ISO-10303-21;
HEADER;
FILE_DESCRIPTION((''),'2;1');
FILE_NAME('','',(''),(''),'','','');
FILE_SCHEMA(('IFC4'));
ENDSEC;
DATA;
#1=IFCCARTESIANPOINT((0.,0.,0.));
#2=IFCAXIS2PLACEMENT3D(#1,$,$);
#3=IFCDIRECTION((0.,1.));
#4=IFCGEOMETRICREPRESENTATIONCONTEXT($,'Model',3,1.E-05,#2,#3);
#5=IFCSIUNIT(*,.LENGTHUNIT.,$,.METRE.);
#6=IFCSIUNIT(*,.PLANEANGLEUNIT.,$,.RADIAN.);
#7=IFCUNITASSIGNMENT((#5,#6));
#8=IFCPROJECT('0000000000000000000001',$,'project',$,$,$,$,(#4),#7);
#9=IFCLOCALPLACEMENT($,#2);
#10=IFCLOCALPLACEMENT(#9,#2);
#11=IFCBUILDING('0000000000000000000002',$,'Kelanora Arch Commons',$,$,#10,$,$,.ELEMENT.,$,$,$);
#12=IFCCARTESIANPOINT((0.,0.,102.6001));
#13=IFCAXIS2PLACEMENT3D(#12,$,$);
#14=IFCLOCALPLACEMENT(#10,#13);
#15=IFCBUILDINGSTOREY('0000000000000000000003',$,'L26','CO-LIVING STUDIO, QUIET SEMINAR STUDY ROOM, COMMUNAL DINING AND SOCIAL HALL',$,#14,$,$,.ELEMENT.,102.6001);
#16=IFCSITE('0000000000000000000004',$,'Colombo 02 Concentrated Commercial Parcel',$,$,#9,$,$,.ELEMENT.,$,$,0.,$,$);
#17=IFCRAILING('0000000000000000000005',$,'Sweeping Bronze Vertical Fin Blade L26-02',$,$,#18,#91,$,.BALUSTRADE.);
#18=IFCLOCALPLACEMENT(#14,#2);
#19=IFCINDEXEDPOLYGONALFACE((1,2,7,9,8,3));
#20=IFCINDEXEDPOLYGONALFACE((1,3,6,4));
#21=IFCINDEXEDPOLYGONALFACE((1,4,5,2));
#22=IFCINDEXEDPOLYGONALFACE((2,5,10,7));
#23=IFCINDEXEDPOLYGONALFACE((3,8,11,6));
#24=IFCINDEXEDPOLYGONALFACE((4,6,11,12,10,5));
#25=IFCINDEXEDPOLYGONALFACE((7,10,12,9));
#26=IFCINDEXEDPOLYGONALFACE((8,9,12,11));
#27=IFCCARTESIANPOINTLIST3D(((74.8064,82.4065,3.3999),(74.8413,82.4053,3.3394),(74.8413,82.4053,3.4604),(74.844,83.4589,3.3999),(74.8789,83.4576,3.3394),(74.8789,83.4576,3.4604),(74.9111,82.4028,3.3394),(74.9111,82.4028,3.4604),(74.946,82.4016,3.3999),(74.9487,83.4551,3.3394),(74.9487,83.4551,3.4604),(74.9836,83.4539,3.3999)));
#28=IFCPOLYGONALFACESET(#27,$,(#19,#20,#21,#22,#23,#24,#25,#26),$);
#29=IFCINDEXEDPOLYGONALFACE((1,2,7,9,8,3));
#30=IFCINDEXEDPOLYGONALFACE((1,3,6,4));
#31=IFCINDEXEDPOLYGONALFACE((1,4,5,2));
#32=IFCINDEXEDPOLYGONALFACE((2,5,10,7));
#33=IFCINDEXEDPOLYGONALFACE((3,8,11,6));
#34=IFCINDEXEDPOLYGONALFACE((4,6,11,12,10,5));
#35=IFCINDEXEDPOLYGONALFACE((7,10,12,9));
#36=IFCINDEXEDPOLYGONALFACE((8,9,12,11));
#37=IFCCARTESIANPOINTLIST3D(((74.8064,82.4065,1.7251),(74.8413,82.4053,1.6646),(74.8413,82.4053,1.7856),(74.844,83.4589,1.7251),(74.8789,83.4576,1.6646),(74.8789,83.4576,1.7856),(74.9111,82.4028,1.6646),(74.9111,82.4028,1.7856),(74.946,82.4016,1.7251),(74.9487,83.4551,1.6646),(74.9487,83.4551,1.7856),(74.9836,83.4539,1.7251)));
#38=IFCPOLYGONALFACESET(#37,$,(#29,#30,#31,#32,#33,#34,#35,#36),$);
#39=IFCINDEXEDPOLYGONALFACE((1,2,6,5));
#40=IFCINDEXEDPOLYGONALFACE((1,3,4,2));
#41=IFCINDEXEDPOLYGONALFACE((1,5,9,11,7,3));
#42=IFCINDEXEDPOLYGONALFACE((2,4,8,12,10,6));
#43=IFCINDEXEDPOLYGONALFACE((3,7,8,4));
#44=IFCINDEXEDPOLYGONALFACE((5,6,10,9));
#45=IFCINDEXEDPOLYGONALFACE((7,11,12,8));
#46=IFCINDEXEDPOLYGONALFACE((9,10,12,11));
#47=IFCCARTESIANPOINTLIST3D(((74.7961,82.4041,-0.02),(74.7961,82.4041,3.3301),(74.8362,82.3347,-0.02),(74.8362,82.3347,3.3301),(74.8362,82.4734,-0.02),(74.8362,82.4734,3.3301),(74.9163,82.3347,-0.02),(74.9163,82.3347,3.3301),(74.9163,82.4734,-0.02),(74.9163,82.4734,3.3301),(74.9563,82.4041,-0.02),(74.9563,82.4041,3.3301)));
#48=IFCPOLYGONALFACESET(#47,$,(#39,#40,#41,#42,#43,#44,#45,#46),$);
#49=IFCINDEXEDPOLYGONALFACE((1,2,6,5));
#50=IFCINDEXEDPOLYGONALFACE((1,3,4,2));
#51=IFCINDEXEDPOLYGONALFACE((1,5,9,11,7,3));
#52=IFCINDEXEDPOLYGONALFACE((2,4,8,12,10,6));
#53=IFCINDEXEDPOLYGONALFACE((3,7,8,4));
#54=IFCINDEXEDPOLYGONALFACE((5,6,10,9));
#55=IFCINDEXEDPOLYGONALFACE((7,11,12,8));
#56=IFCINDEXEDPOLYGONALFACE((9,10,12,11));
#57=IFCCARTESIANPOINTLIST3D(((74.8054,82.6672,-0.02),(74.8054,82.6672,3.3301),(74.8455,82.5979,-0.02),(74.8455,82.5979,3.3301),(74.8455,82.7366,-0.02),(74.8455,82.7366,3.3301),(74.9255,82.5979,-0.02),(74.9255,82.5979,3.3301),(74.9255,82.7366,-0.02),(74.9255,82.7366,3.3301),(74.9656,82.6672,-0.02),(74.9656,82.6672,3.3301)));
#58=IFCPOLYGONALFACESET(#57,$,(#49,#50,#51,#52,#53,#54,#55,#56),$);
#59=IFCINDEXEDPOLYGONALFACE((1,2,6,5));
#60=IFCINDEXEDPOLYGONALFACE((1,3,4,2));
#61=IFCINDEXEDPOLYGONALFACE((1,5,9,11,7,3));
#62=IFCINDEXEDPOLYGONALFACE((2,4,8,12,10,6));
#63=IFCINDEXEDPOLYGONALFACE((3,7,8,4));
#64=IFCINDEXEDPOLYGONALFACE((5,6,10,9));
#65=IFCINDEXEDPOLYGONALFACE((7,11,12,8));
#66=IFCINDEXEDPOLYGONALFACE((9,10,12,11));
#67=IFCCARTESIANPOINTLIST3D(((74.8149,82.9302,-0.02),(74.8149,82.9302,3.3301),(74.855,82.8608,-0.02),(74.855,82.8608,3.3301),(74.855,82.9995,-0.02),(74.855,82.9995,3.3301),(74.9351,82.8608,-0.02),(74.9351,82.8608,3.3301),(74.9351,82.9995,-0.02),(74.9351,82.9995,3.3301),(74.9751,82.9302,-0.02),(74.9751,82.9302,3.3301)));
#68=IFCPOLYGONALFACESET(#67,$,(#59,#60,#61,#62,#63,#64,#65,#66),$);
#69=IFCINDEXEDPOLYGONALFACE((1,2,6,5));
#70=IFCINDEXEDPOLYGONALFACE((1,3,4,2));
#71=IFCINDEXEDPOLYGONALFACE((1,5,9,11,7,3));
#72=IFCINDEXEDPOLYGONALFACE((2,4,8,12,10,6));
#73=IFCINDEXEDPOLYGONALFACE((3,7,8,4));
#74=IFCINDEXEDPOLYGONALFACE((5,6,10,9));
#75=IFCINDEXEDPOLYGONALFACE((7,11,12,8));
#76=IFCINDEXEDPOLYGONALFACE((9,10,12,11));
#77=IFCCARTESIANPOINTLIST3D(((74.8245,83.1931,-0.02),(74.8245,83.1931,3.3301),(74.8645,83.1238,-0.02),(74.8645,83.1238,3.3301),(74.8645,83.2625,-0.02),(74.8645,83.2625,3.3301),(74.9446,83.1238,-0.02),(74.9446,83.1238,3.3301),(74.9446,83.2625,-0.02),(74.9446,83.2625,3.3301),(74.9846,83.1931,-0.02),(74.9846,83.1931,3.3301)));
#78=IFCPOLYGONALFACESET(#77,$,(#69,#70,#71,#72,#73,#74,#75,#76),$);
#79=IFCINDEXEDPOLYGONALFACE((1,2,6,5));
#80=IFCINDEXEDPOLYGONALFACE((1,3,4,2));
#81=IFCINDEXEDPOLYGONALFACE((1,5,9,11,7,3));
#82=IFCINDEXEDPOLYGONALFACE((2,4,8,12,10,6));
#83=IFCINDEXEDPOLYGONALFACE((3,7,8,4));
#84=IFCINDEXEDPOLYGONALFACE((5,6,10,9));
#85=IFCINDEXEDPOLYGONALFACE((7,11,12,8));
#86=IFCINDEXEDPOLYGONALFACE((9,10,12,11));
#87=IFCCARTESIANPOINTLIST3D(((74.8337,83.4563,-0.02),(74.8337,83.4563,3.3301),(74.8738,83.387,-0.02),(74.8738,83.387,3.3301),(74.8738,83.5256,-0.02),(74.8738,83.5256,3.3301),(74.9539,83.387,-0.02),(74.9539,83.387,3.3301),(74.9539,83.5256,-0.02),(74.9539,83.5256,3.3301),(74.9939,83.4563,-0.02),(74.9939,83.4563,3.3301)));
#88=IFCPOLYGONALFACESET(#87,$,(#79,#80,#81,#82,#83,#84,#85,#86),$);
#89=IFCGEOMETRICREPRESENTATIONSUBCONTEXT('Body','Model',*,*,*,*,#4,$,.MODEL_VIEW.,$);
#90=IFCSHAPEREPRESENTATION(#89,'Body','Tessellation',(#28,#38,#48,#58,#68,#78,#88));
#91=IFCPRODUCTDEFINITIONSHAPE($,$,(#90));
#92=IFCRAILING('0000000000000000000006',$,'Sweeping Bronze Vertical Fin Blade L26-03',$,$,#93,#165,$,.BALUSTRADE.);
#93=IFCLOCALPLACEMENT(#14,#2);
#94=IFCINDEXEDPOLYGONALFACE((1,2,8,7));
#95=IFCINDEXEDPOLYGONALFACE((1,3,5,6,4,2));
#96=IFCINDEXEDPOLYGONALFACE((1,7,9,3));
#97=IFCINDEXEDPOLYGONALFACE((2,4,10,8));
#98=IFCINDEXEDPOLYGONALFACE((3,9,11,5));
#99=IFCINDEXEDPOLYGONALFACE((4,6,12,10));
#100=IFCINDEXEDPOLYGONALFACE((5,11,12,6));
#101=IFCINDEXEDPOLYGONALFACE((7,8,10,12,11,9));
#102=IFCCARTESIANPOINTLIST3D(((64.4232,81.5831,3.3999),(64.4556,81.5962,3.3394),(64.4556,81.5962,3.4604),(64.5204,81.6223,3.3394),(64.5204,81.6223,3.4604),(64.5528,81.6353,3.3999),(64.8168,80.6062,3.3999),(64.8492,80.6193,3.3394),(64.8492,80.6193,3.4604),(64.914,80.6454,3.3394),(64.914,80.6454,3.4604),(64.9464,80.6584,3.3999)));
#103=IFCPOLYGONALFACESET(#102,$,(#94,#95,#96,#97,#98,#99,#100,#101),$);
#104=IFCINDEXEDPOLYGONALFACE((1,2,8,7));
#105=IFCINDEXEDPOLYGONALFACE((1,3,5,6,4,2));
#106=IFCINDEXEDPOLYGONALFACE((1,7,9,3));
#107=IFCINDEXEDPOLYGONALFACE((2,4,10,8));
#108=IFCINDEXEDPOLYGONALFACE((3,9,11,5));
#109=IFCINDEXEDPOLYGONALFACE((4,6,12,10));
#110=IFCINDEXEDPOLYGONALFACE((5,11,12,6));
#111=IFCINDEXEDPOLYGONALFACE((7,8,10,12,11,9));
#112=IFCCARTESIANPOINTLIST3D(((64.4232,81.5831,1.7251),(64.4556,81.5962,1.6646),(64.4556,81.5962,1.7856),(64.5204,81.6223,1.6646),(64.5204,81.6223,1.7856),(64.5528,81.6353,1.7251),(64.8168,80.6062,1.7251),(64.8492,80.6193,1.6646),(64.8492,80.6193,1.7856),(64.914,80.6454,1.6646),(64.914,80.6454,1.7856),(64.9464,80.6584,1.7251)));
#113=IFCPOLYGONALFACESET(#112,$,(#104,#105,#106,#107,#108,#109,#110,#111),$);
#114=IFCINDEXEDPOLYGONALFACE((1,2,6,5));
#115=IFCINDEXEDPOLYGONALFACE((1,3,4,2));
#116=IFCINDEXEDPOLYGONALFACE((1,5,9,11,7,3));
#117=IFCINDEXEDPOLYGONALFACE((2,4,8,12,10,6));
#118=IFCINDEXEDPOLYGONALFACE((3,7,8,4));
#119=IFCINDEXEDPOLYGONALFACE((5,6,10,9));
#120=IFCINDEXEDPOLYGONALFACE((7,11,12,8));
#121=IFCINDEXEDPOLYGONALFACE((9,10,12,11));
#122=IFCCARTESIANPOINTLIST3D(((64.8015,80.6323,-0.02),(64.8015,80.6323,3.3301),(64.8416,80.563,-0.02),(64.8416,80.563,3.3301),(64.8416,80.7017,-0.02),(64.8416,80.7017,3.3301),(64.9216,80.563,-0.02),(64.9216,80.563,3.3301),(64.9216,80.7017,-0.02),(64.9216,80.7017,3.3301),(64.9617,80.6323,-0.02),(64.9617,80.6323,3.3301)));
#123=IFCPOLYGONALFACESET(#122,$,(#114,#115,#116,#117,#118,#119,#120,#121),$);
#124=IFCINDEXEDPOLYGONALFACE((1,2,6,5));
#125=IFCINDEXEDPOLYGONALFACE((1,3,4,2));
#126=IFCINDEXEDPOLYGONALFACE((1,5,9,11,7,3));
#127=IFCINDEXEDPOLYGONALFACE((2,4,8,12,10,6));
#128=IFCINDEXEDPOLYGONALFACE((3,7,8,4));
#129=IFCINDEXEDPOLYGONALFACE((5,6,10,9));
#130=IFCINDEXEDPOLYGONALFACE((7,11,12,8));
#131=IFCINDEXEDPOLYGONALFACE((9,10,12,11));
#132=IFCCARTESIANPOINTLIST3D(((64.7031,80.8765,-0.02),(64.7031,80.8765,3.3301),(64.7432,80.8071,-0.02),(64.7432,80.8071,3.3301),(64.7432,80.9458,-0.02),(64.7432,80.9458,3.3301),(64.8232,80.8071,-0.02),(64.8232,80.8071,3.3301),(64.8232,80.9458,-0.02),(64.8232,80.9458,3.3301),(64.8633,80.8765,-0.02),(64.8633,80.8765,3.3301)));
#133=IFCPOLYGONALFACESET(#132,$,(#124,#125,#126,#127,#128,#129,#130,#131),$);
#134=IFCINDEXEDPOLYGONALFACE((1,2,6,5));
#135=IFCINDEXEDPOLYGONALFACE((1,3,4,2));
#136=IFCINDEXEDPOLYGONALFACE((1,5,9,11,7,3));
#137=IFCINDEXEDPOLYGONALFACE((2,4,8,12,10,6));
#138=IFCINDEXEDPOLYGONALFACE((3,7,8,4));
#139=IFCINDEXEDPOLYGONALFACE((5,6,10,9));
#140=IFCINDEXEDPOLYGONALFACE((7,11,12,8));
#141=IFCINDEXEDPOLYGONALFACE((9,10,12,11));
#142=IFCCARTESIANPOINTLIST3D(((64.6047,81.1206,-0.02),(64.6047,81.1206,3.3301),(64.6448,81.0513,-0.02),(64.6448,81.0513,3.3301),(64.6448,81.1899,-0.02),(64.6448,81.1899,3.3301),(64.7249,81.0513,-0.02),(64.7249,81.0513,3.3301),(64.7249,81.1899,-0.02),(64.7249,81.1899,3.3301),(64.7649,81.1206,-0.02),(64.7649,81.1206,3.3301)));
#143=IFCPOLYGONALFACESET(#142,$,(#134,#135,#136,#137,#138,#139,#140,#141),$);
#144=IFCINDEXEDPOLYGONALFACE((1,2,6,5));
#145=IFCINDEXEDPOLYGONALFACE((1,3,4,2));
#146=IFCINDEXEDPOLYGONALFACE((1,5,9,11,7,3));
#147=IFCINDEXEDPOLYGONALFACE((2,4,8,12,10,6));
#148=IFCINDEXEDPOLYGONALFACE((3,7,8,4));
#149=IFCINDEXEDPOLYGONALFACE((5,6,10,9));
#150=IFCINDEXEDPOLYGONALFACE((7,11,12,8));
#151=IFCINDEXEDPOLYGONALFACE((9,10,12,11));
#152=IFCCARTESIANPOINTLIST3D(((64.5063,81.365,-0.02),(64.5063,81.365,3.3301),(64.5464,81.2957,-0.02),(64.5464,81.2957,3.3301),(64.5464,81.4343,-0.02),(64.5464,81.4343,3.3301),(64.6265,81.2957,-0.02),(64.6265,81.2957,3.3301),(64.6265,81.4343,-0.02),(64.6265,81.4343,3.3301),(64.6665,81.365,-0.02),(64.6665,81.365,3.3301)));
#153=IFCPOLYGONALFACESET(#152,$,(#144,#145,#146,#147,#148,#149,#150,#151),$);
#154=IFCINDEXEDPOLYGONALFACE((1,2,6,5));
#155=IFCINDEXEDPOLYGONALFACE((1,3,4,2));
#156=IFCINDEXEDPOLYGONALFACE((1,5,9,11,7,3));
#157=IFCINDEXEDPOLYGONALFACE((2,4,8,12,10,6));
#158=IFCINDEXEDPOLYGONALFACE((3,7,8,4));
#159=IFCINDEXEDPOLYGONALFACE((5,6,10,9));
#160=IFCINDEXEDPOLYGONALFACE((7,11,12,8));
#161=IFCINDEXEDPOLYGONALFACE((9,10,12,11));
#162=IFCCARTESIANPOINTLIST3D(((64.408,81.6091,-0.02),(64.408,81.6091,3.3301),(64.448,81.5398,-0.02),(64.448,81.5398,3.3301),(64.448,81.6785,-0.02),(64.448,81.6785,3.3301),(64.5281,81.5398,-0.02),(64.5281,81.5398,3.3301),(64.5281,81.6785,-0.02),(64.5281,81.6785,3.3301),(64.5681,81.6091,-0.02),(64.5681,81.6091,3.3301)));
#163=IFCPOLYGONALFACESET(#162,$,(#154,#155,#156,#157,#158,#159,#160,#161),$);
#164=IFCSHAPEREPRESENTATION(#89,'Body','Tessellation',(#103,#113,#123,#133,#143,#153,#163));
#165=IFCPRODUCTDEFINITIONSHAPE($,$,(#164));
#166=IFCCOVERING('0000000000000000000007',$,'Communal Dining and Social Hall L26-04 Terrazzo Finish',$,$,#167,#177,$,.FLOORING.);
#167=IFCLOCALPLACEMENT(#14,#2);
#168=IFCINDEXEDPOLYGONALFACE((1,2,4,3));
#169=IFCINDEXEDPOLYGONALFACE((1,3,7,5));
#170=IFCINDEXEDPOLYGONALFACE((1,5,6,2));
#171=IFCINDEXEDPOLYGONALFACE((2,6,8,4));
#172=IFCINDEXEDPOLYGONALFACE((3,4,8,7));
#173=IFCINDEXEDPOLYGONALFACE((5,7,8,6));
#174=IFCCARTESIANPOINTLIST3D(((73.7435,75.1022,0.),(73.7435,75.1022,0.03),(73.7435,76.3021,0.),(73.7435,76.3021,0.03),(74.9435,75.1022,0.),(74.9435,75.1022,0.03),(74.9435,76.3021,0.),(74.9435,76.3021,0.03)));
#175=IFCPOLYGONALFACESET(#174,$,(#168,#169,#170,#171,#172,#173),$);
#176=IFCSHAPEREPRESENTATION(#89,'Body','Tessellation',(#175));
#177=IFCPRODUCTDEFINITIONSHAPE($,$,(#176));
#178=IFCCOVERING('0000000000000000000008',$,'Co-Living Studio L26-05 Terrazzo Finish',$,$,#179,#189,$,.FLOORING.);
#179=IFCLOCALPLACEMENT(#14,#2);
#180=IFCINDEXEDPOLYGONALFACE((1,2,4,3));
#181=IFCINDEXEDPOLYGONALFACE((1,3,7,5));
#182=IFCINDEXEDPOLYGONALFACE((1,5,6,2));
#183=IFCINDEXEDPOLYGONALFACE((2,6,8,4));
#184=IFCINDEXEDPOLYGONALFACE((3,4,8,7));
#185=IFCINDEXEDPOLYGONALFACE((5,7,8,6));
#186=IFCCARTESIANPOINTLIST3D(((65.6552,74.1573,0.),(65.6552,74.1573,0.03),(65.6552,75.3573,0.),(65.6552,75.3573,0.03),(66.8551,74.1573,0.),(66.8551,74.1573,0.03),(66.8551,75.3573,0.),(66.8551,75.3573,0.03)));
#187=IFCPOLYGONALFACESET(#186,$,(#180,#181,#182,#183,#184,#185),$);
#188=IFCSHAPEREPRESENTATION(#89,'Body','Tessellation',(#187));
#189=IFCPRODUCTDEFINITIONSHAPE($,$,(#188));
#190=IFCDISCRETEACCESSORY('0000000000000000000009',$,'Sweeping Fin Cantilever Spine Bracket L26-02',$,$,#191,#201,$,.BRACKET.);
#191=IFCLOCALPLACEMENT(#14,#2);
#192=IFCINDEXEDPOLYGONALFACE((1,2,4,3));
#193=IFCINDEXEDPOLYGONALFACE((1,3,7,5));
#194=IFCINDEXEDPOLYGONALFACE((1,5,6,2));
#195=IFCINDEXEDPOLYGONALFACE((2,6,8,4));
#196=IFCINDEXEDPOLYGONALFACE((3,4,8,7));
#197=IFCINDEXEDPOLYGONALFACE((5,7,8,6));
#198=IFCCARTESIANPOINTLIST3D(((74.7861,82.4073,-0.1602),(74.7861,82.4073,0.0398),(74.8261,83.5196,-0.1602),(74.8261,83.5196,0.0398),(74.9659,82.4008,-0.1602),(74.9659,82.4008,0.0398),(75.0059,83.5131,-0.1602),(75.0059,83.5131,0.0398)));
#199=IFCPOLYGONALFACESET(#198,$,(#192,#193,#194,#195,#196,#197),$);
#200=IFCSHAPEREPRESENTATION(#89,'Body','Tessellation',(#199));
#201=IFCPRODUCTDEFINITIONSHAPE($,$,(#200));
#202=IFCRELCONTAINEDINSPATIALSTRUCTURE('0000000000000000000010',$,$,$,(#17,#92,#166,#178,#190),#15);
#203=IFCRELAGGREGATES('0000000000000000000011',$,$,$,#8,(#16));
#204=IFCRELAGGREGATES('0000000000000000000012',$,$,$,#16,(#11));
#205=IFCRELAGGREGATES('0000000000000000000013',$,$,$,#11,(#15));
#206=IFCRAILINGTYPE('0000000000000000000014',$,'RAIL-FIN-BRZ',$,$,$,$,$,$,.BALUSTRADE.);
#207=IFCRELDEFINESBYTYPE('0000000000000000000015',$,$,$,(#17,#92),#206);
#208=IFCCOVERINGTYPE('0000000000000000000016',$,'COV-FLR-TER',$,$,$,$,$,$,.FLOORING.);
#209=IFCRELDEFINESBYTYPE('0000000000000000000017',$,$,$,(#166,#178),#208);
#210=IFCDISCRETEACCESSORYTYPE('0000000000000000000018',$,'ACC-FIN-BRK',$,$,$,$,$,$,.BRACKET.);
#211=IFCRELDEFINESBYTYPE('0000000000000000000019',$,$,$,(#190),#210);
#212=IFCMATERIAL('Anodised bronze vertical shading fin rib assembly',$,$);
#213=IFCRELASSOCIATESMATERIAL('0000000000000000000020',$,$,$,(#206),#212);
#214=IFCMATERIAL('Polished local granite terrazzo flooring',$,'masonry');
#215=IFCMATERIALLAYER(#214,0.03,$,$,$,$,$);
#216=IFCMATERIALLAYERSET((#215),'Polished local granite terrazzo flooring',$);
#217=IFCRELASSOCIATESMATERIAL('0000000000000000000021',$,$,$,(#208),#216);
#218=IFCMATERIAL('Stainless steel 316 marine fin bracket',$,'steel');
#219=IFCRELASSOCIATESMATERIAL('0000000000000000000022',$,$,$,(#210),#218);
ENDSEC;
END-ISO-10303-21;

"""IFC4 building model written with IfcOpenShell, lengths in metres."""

from ifc_helpers import new_model, si_unit, direction, frame, origin, origin_2d, place, context, subcontext, project, spatial, polyline, rectangle, outline, extrude, source, transform, mapped, material, layer, layer_set, type_object, element, save


model = new_model("IFC4")

# Units and contexts
model_context = context("Model", 3, precision=1e-05, world=origin(), true_north=direction((0.0, 1.0)))
body_context = subcontext(model_context, "Body", "Model", "MODEL_VIEW")
ifc_project = project(units=[si_unit("LENGTHUNIT", "METRE"), si_unit("PLANEANGLEUNIT", "RADIAN")], contexts=[model_context])

# Site, building, storey
site_placement = place(None, origin())
site = spatial("IfcSite", under=ifc_project, at=site_placement, Name="Colombo 02 Concentrated Commercial Parcel", CompositionType="ELEMENT", RefElevation=0.0)
building_placement = place(site_placement, origin())
building = spatial("IfcBuilding", under=site, at=building_placement, Name="Kelanora Arch Commons", CompositionType="ELEMENT")
storey_placement = place(building_placement, frame((0.0, 0.0, 102.6001)))
storey = spatial("IfcBuildingStorey", under=building, at=storey_placement, Name="L26", Description="CO-LIVING STUDIO, QUIET SEMINAR STUDY ROOM, COMMUNAL DINING AND SOCIAL HALL", CompositionType="ELEMENT", Elevation=102.6001)

# Railings
ifc_material_1 = material(Name="Anodised bronze vertical shading fin rib assembly")
railing_type = type_object("IfcRailingType", Name="RAIL-FIN-BRZ", PredefinedType="BALUSTRADE", material=ifc_material_1)
railing_1_placement = place(storey_placement, frame((74.8762, 82.4041, -0.02)))
element("IfcRailing", 1, at=railing_1_placement, inside=storey, type_object=railing_type, Name="Sweeping Bronze Vertical Fin Blade L26-02", PredefinedType="BALUSTRADE", context=body_context, shape_type="SweptSolid", body=[
    extrude(outline(polyline([(0.0698, 0.0), (0.0349, 0.0605), (-0.0349, 0.0605), (-0.0698, 0.0), (-0.0349, -0.0605), (0.0349, -0.0605), (0.0698, 0.0)])), frame((0.0, 0.0, 3.4199), z_axis=(0.035708, 0.999362, 0.0), x_axis=(-0.999362, 0.035708, 0.0)), (0.0, 0.0, 1.0), 1.053),
    extrude(outline(polyline([(0.0698, 0.0), (0.0349, 0.0605), (-0.0349, 0.0605), (-0.0698, 0.0), (-0.0349, -0.0605), (0.0349, -0.0605), (0.0698, 0.0)])), frame((0.0, 0.0, 1.7451), z_axis=(0.035708, 0.999362, 0.0), x_axis=(-0.999362, 0.035708, 0.0)), (0.0, 0.0, 1.0), 1.053),
    extrude(outline(polyline([(0.0801, 0.0), (0.04, 0.0693), (-0.04, 0.0693), (-0.0801, 0.0), (-0.04, -0.0693), (0.04, -0.0693), (0.0801, 0.0)])), origin(), (0.0, 0.0, 1.0), 3.3501),
    extrude(outline(polyline([(0.0801, 0.0), (0.04, 0.0693), (-0.04, 0.0693), (-0.0801, 0.0), (-0.04, -0.0693), (0.04, -0.0693), (0.0801, 0.0)])), frame((0.0093, 0.2632, 0.0)), (0.0, 0.0, 1.0), 3.3501),
    extrude(outline(polyline([(0.0801, 0.0), (0.04, 0.0693), (-0.04, 0.0693), (-0.0801, 0.0), (-0.04, -0.0693), (0.04, -0.0693), (0.0801, 0.0)])), frame((0.0188, 0.5261, 0.0)), (0.0, 0.0, 1.0), 3.3501),
    extrude(outline(polyline([(0.0801, 0.0), (0.04, 0.0693), (-0.04, 0.0693), (-0.0801, 0.0), (-0.04, -0.0693), (0.04, -0.0693), (0.0801, 0.0)])), frame((0.0283, 0.7891, 0.0)), (0.0, 0.0, 1.0), 3.3501),
    extrude(outline(polyline([(0.0801, 0.0), (0.04, 0.0693), (-0.04, 0.0693), (-0.0801, 0.0), (-0.04, -0.0693), (0.04, -0.0693), (0.0801, 0.0)])), frame((0.0376, 1.0522, 0.0)), (0.0, 0.0, 1.0), 3.3501),
])
railing_2_placement = place(storey_placement, frame((64.8816, 80.6323, -0.02)))
element("IfcRailing", 2, at=railing_2_placement, inside=storey, type_object=railing_type, Name="Sweeping Bronze Vertical Fin Blade L26-03", PredefinedType="BALUSTRADE", context=body_context, shape_type="SweptSolid", body=[
    extrude(outline(polyline([(0.0698, 0.0), (0.0349, 0.0605), (-0.0349, 0.0605), (-0.0698, 0.0), (-0.0349, -0.0605), (0.0349, -0.0605), (0.0698, 0.0)])), frame((0.0, 0.0, 3.4199), z_axis=(-0.373708, 0.927546, 0.0), x_axis=(-0.927546, -0.373708, 0.0)), (0.0, 0.0, 1.0), 1.0532),
    extrude(outline(polyline([(0.0698, 0.0), (0.0349, 0.0605), (-0.0349, 0.0605), (-0.0698, 0.0), (-0.0349, -0.0605), (0.0349, -0.0605), (0.0698, 0.0)])), frame((0.0, 0.0, 1.7451), z_axis=(-0.373708, 0.927546, 0.0), x_axis=(-0.927546, -0.373708, 0.0)), (0.0, 0.0, 1.0), 1.0532),
    extrude(outline(polyline([(0.0801, 0.0), (0.04, 0.0693), (-0.04, 0.0693), (-0.0801, 0.0), (-0.04, -0.0693), (0.04, -0.0693), (0.0801, 0.0)])), origin(), (0.0, 0.0, 1.0), 3.3501),
    extrude(outline(polyline([(0.0801, 0.0), (0.04, 0.0693), (-0.04, 0.0693), (-0.0801, 0.0), (-0.04, -0.0693), (0.04, -0.0693), (0.0801, 0.0)])), frame((-0.0984, 0.2441, 0.0)), (0.0, 0.0, 1.0), 3.3501),
    extrude(outline(polyline([(0.0801, 0.0), (0.04, 0.0693), (-0.04, 0.0693), (-0.0801, 0.0), (-0.04, -0.0693), (0.04, -0.0693), (0.0801, 0.0)])), frame((-0.1968, 0.4883, 0.0)), (0.0, 0.0, 1.0), 3.3501),
    extrude(outline(polyline([(0.0801, 0.0), (0.04, 0.0693), (-0.04, 0.0693), (-0.0801, 0.0), (-0.04, -0.0693), (0.04, -0.0693), (0.0801, 0.0)])), frame((-0.2952, 0.7327, 0.0)), (0.0, 0.0, 1.0), 3.3501),
    extrude(outline(polyline([(0.0801, 0.0), (0.04, 0.0693), (-0.04, 0.0693), (-0.0801, 0.0), (-0.04, -0.0693), (0.04, -0.0693), (0.0801, 0.0)])), frame((-0.3936, 0.9768, 0.0)), (0.0, 0.0, 1.0), 3.3501),
])

# Coverings
ifc_material_2 = material(Name="Polished local granite terrazzo flooring", Category="masonry")
ifc_layer_1 = layer(ifc_material_2, 0.03)
ifc_layer_set_1 = layer_set([ifc_layer_1], Name="Polished local granite terrazzo flooring")
covering_type = type_object("IfcCoveringType", Name="COV-FLR-TER", PredefinedType="FLOORING", material=ifc_layer_set_1)
shared_shape_1 = source(origin(), body_context, "Body", "SweptSolid", [
    extrude(rectangle(XDim=1.2, YDim=1.2, at=origin_2d()), origin(), (0.0, 0.0, 1.0), 0.03),
])
for number, where, z_axis, x_axis, name in (
    (3, (74.3435, 75.7021, 0.0), (0.0, 0.0, 1.0), (1.0, 0.0, 0.0), "Communal Dining and Social Hall L26-04 Terrazzo Finish"),
    (4, (66.2551, 74.7573, 0.0), (0.0, 0.0, 1.0), (1.0, 0.0, 0.0), "Co-Living Studio L26-05 Terrazzo Finish"),
):
    element("IfcCovering", number, at=place(storey_placement, frame(where, z_axis=z_axis, x_axis=x_axis)), inside=storey, type_object=covering_type, Name=name, PredefinedType="FLOORING", context=body_context, shape_type="MappedRepresentation", body=[
        mapped(shared_shape_1, transform((0.0, 0.0, 0.0), scale=1.0)),
    ])

# Discrete accessory
ifc_material_3 = material(Name="Stainless steel 316 marine fin bracket", Category="steel")
discrete_accessory_type = type_object("IfcDiscreteAccessoryType", Name="ACC-FIN-BRK", PredefinedType="BRACKET", material=ifc_material_3)
shared_shape_2 = source(origin(), body_context, "Body", "SweptSolid", [
    extrude(rectangle(XDim=1.113, YDim=0.1799, at=origin_2d()), origin(), (0.0, 0.0, 1.0), 0.2),
])
discrete_accessory_placement = place(storey_placement, frame((74.896, 82.9602, -0.1602), z_axis=(0.0, 0.0, 1.0), x_axis=(0.035946, 0.999354, 0.0)))
element("IfcDiscreteAccessory", 5, at=discrete_accessory_placement, inside=storey, type_object=discrete_accessory_type, Name="Sweeping Fin Cantilever Spine Bracket L26-02", PredefinedType="BRACKET", context=body_context, shape_type="MappedRepresentation", body=[
    mapped(shared_shape_2, transform((0.0, 0.0, 0.0), scale=1.0)),
])

save(model, "model.ifc")
